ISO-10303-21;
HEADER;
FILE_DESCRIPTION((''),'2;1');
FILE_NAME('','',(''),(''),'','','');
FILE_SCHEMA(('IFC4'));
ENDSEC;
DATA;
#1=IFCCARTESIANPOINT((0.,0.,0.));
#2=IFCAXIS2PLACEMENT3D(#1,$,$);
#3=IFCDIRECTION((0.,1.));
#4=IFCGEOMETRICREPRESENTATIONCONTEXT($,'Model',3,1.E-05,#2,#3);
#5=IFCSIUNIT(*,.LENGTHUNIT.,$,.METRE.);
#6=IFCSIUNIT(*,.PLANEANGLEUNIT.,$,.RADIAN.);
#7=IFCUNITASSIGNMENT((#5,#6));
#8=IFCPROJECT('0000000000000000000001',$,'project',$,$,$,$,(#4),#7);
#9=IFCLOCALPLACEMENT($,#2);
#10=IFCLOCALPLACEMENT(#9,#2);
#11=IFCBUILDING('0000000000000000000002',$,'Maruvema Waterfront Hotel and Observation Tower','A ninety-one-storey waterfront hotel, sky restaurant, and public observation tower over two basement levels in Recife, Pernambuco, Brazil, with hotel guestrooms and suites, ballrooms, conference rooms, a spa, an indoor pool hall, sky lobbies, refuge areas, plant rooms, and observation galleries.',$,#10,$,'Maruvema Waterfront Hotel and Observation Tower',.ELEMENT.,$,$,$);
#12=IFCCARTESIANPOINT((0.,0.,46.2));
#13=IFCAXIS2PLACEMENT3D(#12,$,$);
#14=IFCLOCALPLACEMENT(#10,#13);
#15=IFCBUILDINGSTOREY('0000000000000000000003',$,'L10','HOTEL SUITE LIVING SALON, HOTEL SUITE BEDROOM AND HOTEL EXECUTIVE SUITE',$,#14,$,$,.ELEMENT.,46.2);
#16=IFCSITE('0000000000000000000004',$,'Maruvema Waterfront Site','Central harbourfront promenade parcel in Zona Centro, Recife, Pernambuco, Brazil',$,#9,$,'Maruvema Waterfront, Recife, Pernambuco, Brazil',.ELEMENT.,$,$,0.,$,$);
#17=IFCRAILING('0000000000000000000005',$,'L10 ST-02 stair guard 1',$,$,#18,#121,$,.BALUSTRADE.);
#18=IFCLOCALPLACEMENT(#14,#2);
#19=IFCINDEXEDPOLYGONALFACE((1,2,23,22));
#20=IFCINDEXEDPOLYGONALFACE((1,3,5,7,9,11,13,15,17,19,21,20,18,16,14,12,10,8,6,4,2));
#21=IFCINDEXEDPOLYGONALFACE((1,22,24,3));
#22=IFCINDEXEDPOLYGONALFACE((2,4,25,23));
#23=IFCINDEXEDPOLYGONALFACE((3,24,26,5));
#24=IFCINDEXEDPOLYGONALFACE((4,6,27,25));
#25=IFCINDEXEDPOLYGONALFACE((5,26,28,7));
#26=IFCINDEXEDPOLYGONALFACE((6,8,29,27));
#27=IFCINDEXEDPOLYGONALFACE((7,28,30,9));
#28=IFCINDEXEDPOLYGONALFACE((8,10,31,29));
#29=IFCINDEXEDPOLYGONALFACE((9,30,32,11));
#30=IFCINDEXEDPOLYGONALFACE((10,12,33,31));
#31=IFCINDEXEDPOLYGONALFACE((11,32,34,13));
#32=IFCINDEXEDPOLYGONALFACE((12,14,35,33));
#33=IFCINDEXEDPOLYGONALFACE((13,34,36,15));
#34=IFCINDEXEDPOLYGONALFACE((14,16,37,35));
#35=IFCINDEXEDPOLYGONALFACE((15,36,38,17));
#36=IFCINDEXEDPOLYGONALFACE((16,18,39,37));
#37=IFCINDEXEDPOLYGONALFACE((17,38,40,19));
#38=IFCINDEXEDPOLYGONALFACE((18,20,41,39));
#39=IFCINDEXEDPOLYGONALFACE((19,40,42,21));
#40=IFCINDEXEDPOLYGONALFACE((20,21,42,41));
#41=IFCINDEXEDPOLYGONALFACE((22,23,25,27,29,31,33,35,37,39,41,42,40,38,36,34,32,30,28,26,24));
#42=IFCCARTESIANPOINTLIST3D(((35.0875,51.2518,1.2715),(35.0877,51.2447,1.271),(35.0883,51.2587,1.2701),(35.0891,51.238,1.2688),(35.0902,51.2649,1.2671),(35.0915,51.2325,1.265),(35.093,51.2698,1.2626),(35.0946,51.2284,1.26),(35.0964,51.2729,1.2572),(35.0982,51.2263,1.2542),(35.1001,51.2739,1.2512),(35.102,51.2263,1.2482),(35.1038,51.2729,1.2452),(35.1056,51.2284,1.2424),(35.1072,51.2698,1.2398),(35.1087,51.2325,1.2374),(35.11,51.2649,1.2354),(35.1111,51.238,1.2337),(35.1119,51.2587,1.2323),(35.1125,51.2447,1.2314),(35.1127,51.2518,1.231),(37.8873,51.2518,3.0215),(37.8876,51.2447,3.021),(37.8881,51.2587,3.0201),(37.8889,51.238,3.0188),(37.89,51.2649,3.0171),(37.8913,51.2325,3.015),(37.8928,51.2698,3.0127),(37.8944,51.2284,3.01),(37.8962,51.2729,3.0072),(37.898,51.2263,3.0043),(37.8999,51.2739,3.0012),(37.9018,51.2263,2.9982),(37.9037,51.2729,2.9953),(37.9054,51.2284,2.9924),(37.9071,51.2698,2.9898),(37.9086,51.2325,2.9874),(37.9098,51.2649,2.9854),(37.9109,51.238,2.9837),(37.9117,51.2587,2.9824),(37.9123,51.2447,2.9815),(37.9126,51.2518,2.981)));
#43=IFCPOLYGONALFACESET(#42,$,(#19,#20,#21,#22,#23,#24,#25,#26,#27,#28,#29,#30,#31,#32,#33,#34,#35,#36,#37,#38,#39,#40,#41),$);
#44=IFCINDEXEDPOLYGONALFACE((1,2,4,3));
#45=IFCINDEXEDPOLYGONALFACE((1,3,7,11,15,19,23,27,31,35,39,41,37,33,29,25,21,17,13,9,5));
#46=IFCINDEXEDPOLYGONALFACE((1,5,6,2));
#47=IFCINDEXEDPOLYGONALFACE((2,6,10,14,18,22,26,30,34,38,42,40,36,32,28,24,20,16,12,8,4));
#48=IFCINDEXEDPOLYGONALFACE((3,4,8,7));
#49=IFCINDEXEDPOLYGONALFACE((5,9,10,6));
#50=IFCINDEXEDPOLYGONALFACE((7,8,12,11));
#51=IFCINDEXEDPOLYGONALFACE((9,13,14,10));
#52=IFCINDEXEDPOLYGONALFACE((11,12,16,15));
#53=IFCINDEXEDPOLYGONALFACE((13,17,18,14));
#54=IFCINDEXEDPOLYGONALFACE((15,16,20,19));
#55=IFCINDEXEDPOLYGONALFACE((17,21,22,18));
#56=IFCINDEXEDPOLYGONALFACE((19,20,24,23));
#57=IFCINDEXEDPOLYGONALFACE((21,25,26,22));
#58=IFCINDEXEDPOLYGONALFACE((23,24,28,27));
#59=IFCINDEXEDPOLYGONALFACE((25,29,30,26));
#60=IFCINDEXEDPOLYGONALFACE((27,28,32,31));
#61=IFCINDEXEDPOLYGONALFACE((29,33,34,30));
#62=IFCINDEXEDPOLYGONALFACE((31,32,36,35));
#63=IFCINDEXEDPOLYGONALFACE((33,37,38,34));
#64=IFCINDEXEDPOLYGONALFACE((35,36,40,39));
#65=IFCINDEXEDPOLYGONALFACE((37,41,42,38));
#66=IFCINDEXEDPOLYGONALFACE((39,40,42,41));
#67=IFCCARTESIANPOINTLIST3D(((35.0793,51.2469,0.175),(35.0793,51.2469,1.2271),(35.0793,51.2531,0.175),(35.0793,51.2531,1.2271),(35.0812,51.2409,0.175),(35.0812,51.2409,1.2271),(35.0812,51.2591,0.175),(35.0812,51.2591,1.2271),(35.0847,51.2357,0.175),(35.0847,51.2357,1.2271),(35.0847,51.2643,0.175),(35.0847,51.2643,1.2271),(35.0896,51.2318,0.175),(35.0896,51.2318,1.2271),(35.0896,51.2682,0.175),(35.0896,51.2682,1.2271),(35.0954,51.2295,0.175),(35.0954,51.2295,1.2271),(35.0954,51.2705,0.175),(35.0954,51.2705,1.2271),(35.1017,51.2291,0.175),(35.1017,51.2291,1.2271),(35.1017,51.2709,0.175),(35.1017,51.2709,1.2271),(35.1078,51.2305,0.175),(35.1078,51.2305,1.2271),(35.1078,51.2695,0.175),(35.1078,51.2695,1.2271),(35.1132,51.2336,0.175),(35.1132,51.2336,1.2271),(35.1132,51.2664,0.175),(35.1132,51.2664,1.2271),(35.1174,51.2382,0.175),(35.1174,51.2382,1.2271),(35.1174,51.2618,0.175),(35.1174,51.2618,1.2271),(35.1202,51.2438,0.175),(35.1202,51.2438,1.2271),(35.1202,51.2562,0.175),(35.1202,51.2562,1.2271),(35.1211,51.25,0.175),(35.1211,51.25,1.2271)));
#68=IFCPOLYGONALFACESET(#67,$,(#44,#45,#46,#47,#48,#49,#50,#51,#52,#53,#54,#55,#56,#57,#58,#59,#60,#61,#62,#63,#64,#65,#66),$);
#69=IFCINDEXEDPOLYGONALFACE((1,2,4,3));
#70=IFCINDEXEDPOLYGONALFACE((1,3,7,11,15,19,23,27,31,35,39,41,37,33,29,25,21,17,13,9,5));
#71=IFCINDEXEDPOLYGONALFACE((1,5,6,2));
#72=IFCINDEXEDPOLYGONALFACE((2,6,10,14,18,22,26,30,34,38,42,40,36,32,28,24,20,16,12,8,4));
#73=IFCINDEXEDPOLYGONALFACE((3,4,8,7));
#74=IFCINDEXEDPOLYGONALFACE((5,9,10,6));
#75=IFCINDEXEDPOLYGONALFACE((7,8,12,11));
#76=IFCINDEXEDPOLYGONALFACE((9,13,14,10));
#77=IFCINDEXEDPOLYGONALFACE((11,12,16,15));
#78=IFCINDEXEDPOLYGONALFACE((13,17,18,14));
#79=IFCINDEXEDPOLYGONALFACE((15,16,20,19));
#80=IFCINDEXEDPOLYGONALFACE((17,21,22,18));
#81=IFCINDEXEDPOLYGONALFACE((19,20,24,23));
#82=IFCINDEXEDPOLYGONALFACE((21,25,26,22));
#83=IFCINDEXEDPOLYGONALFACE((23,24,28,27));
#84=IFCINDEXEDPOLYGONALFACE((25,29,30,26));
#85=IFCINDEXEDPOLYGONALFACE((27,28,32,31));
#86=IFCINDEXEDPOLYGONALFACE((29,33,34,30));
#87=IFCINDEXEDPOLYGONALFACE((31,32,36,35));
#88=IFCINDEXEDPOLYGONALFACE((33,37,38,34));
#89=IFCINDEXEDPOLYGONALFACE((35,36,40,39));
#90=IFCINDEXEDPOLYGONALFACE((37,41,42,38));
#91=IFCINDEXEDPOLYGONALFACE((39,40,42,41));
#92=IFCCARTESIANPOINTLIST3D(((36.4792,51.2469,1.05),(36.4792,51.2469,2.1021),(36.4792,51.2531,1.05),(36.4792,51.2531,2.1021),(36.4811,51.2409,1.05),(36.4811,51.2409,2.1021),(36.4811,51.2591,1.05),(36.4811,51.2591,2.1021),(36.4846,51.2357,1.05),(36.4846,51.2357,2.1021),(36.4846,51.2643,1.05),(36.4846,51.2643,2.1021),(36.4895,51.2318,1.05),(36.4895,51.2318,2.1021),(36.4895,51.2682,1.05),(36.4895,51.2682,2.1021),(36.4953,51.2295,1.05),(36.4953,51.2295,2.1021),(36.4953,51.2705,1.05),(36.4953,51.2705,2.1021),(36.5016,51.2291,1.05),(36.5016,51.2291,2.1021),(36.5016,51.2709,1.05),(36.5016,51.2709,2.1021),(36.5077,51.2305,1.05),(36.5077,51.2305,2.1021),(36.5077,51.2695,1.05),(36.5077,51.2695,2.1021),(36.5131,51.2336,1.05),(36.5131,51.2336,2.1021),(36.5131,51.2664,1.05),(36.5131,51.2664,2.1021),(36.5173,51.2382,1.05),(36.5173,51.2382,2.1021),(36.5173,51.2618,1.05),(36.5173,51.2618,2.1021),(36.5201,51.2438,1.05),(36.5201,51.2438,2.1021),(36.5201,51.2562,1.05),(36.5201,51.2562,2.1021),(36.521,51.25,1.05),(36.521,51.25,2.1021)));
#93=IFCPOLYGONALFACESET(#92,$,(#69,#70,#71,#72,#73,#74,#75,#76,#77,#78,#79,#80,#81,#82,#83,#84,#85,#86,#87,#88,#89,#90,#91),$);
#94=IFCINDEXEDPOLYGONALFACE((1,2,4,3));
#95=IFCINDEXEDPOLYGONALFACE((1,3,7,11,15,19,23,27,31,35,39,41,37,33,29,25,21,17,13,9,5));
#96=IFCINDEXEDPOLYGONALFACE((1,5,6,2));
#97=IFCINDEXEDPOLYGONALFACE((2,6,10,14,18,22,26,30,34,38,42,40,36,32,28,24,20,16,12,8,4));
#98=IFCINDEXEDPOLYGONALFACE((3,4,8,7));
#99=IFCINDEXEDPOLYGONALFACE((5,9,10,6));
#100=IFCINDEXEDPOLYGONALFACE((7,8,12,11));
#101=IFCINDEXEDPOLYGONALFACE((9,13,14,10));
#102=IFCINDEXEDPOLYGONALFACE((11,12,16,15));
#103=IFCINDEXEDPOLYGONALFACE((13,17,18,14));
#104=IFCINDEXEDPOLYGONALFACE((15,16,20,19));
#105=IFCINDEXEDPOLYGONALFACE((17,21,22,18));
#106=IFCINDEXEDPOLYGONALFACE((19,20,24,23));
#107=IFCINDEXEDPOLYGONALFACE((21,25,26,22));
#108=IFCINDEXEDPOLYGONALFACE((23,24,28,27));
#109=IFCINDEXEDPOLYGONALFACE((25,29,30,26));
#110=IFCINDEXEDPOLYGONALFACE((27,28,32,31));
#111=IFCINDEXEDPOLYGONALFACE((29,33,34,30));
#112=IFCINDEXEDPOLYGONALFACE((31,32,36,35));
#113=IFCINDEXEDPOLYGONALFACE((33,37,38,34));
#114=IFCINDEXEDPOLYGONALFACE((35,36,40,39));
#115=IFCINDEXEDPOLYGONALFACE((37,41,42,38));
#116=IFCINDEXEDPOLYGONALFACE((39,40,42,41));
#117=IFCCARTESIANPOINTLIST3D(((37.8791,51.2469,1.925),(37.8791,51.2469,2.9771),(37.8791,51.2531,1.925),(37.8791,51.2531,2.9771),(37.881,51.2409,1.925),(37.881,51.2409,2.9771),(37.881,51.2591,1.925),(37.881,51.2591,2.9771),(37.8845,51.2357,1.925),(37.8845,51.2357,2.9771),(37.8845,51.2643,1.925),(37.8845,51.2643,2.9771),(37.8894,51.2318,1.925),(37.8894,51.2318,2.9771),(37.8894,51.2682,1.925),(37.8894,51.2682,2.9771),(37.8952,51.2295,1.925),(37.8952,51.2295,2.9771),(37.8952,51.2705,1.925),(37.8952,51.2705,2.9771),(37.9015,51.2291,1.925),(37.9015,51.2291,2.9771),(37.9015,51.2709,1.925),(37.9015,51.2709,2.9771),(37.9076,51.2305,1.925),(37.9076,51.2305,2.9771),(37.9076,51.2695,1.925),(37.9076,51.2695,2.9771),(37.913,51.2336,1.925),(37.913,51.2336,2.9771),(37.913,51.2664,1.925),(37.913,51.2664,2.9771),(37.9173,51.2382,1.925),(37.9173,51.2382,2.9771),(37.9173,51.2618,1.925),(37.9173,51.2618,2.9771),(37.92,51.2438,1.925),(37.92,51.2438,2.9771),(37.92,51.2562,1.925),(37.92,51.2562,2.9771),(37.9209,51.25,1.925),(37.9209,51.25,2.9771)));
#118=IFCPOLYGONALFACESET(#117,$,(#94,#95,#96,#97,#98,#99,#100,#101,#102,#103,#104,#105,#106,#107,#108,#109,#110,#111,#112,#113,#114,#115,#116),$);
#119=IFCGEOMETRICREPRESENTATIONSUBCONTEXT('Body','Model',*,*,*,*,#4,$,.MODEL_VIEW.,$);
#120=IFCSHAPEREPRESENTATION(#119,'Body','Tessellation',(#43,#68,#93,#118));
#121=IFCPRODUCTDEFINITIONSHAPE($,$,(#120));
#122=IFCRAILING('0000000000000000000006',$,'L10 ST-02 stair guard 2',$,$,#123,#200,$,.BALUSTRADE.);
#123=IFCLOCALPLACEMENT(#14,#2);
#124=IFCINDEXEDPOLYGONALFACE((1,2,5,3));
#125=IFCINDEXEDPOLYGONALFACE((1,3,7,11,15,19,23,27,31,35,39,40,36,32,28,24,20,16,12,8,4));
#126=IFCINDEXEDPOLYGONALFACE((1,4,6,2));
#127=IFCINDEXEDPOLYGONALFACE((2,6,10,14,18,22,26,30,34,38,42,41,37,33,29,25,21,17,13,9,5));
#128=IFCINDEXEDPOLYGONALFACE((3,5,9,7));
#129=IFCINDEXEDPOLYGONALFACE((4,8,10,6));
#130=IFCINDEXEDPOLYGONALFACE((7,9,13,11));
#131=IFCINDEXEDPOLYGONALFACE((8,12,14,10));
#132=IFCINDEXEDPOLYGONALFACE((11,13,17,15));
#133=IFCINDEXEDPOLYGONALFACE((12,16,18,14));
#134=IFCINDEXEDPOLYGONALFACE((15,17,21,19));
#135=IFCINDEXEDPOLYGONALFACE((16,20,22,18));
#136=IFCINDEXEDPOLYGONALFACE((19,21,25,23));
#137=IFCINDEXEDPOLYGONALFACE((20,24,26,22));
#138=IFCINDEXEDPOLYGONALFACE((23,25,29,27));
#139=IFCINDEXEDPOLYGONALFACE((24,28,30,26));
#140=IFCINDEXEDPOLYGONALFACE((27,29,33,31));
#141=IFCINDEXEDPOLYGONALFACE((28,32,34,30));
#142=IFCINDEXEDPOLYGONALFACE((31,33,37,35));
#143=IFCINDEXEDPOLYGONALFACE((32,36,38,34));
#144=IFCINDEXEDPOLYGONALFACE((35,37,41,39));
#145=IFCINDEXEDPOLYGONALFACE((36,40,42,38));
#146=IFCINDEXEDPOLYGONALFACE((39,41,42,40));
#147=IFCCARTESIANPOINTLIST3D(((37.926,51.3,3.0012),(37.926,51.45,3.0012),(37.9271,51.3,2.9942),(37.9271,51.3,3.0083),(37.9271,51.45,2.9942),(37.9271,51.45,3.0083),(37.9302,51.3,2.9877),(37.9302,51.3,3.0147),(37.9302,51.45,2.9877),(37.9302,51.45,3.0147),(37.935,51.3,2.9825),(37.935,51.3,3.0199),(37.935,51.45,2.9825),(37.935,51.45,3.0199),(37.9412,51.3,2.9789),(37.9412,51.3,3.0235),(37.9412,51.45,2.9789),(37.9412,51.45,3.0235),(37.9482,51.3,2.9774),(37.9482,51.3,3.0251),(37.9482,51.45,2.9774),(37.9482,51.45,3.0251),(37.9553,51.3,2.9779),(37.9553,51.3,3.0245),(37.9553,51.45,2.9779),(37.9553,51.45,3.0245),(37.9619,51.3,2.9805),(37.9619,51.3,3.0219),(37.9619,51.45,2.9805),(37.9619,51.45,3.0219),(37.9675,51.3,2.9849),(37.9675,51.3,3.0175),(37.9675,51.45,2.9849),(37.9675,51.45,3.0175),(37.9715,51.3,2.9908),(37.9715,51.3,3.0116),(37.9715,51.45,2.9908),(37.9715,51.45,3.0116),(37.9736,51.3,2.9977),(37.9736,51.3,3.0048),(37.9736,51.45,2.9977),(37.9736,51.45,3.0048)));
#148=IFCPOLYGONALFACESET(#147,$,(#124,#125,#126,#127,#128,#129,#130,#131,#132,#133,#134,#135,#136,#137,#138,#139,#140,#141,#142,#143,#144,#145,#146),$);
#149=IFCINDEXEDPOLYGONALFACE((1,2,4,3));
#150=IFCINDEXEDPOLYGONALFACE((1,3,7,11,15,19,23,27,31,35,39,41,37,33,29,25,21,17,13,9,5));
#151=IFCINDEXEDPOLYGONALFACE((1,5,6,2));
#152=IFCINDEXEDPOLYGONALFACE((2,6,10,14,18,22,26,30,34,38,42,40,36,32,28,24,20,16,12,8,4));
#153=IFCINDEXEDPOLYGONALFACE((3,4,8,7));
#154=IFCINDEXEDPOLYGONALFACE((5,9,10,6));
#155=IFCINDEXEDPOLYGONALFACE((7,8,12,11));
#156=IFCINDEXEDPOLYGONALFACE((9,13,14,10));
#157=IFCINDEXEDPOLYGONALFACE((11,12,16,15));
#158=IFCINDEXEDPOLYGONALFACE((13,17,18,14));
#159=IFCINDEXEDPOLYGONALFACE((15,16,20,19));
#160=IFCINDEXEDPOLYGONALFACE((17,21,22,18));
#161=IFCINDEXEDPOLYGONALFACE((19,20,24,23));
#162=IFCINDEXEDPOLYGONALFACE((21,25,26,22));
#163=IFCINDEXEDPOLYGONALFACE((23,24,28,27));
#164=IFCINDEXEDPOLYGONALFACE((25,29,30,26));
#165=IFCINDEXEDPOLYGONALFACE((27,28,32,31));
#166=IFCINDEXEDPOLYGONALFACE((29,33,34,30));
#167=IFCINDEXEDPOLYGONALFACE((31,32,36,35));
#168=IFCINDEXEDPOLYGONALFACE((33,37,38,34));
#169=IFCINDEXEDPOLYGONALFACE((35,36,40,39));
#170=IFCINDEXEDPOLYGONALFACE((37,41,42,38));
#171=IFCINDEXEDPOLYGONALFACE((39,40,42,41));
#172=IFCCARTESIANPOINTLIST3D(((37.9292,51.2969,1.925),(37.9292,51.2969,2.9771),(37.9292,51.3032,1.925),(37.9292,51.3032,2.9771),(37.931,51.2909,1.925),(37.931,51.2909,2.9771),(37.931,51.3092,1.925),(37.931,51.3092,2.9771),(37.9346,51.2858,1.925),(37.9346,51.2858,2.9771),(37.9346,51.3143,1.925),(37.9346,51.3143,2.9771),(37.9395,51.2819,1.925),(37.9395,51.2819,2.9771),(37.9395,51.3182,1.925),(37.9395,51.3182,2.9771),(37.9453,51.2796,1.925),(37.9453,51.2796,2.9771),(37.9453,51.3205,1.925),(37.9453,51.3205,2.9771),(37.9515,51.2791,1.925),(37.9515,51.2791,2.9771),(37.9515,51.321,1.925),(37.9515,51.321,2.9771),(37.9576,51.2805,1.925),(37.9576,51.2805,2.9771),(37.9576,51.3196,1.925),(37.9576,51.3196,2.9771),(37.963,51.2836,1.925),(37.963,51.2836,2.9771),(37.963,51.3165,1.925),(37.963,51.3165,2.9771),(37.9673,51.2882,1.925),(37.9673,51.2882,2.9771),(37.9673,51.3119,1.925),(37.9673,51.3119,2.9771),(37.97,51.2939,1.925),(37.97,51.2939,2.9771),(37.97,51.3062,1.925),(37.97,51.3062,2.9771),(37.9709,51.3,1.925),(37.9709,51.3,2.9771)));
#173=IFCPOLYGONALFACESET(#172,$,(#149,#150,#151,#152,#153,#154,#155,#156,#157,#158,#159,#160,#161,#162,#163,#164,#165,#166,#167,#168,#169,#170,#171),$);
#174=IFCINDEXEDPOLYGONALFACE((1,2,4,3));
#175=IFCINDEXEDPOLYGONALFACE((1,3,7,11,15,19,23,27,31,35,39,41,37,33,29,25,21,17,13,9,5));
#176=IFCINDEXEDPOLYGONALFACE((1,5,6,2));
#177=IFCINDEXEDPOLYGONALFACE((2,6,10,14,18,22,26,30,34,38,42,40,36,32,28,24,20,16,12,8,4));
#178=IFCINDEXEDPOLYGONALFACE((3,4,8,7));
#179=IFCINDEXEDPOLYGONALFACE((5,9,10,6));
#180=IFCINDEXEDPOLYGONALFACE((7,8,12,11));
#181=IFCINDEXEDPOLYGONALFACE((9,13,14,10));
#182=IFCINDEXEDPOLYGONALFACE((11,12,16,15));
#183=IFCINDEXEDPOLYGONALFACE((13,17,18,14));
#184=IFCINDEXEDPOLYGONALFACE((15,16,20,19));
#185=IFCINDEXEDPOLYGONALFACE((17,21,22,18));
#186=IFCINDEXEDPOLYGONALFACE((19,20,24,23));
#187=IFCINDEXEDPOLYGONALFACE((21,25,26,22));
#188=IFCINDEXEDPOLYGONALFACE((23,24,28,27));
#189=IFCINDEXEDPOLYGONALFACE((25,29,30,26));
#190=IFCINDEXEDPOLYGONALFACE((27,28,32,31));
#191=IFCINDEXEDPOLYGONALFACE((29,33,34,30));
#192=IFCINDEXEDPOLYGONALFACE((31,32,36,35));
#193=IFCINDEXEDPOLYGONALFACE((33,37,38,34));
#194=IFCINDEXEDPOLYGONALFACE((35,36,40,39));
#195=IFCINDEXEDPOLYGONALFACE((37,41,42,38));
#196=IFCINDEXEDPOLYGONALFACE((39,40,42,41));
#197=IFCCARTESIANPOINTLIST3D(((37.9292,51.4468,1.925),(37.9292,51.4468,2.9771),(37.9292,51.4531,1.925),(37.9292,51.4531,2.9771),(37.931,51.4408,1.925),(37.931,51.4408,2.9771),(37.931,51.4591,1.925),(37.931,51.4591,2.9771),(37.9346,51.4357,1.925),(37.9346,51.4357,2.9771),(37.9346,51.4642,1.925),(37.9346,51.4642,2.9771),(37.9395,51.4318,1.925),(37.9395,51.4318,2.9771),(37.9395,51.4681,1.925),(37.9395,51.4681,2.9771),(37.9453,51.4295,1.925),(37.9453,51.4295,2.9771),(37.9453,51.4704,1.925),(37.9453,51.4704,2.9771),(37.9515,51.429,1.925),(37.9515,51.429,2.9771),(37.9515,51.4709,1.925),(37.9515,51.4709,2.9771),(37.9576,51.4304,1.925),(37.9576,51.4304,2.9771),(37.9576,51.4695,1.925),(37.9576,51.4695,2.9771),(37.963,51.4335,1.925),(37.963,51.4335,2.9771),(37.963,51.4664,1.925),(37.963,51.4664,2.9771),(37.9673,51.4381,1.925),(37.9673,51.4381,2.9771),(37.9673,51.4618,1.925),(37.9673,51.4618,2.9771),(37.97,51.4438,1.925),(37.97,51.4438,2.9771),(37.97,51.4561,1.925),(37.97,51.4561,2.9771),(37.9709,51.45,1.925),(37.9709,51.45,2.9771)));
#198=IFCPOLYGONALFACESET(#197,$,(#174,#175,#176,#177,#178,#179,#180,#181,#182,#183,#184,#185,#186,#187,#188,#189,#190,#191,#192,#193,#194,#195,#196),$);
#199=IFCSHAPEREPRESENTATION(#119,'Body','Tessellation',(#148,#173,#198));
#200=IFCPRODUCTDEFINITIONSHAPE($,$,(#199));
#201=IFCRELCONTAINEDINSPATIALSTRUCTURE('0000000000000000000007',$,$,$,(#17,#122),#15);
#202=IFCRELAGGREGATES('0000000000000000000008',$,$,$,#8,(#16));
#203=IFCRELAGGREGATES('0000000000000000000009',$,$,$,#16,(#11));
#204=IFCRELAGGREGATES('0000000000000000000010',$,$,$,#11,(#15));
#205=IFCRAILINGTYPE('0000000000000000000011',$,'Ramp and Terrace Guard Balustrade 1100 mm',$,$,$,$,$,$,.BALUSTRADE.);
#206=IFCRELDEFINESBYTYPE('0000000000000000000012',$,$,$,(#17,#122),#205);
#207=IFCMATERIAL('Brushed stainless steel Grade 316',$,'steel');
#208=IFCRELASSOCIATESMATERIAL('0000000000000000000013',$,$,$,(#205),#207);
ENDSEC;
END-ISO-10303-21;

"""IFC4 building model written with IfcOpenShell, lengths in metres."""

from ifc_helpers import new_model, si_unit, direction, frame, origin, origin_2d, place, context, subcontext, project, spatial, circle, extrude, material, type_object, element, save


model = new_model("IFC4")

# Units and contexts
model_context = context("Model", 3, precision=1e-05, world=origin(), true_north=direction((0.0, 1.0)))
body_context = subcontext(model_context, "Body", "Model", "MODEL_VIEW")
ifc_project = project(units=[si_unit("LENGTHUNIT", "METRE"), si_unit("PLANEANGLEUNIT", "RADIAN")], contexts=[model_context])

# Site, building, storey
site_placement = place(None, origin())
site = spatial("IfcSite", under=ifc_project, at=site_placement, Name="Maruvema Waterfront Site", Description="Central harbourfront promenade parcel in Zona Centro, Recife, Pernambuco, Brazil", LongName="Maruvema Waterfront, Recife, Pernambuco, Brazil", CompositionType="ELEMENT", RefElevation=0.0)
building_placement = place(site_placement, origin())
building = spatial("IfcBuilding", under=site, at=building_placement, Name="Maruvema Waterfront Hotel and Observation Tower", Description="A ninety-one-storey waterfront hotel, sky restaurant, and public observation tower over two basement levels in Recife, Pernambuco, Brazil, with hotel guestrooms and suites, ballrooms, conference rooms, a spa, an indoor pool hall, sky lobbies, refuge areas, plant rooms, and observation galleries.", LongName="Maruvema Waterfront Hotel and Observation Tower", CompositionType="ELEMENT")
storey_placement = place(building_placement, frame((0.0, 0.0, 46.2)))
storey = spatial("IfcBuildingStorey", under=building, at=storey_placement, Name="L10", Description="HOTEL SUITE LIVING SALON, HOTEL SUITE BEDROOM AND HOTEL EXECUTIVE SUITE", CompositionType="ELEMENT", Elevation=46.2)

# Railings
ifc_material_1 = material(Name="Brushed stainless steel Grade 316", Category="steel")
railing_type_1 = type_object("IfcRailingType", Name="Ramp and Terrace Guard Balustrade 1100 mm", PredefinedType="BALUSTRADE", material=ifc_material_1)
railing_1_placement = place(storey_placement, frame((35.1001, 51.25, 0.175)))
element("IfcRailing", 1, at=railing_1_placement, inside=storey, type_object=railing_type_1, Name="L10 ST-02 stair guard 1", PredefinedType="BALUSTRADE", context=body_context, shape_type="SweptSolid", body=[
    extrude(circle(Radius=0.0239, at=origin_2d()), frame((0.0, 0.0, 1.0762), z_axis=(0.847982, 0.0, 0.530026), x_axis=(0.0, 1.0, 0.0)), (0.0, 0.0, 1.0), 3.3018),
    extrude(circle(Radius=0.021, at=origin_2d()), origin(), (0.0, 0.0, 1.0), 1.052),
    extrude(circle(Radius=0.021, at=origin_2d()), frame((1.3999, 0.0, 0.875)), (0.0, 0.0, 1.0), 1.052),
    extrude(circle(Radius=0.021, at=origin_2d()), frame((2.7998, 0.0, 1.75)), (0.0, 0.0, 1.0), 1.052),
])
railing_2_placement = place(storey_placement, frame((37.95, 51.3, 1.925)))
element("IfcRailing", 2, at=railing_2_placement, inside=storey, type_object=railing_type_1, Name="L10 ST-02 stair guard 2", PredefinedType="BALUSTRADE", context=body_context, shape_type="SweptSolid", body=[
    extrude(circle(Radius=0.0239, at=origin_2d()), frame((0.0, 0.0, 1.0762), z_axis=(0.0, 1.0, 0.0), x_axis=(-1.0, 0.0, 0.0)), (0.0, 0.0, 1.0), 0.1499),
    extrude(circle(Radius=0.021, at=origin_2d()), origin(), (0.0, 0.0, 1.0), 1.052),
    extrude(circle(Radius=0.021, at=origin_2d()), frame((0.0, 0.1499, 0.0)), (0.0, 0.0, 1.0), 1.052),
])

save(model, "model.ifc")
